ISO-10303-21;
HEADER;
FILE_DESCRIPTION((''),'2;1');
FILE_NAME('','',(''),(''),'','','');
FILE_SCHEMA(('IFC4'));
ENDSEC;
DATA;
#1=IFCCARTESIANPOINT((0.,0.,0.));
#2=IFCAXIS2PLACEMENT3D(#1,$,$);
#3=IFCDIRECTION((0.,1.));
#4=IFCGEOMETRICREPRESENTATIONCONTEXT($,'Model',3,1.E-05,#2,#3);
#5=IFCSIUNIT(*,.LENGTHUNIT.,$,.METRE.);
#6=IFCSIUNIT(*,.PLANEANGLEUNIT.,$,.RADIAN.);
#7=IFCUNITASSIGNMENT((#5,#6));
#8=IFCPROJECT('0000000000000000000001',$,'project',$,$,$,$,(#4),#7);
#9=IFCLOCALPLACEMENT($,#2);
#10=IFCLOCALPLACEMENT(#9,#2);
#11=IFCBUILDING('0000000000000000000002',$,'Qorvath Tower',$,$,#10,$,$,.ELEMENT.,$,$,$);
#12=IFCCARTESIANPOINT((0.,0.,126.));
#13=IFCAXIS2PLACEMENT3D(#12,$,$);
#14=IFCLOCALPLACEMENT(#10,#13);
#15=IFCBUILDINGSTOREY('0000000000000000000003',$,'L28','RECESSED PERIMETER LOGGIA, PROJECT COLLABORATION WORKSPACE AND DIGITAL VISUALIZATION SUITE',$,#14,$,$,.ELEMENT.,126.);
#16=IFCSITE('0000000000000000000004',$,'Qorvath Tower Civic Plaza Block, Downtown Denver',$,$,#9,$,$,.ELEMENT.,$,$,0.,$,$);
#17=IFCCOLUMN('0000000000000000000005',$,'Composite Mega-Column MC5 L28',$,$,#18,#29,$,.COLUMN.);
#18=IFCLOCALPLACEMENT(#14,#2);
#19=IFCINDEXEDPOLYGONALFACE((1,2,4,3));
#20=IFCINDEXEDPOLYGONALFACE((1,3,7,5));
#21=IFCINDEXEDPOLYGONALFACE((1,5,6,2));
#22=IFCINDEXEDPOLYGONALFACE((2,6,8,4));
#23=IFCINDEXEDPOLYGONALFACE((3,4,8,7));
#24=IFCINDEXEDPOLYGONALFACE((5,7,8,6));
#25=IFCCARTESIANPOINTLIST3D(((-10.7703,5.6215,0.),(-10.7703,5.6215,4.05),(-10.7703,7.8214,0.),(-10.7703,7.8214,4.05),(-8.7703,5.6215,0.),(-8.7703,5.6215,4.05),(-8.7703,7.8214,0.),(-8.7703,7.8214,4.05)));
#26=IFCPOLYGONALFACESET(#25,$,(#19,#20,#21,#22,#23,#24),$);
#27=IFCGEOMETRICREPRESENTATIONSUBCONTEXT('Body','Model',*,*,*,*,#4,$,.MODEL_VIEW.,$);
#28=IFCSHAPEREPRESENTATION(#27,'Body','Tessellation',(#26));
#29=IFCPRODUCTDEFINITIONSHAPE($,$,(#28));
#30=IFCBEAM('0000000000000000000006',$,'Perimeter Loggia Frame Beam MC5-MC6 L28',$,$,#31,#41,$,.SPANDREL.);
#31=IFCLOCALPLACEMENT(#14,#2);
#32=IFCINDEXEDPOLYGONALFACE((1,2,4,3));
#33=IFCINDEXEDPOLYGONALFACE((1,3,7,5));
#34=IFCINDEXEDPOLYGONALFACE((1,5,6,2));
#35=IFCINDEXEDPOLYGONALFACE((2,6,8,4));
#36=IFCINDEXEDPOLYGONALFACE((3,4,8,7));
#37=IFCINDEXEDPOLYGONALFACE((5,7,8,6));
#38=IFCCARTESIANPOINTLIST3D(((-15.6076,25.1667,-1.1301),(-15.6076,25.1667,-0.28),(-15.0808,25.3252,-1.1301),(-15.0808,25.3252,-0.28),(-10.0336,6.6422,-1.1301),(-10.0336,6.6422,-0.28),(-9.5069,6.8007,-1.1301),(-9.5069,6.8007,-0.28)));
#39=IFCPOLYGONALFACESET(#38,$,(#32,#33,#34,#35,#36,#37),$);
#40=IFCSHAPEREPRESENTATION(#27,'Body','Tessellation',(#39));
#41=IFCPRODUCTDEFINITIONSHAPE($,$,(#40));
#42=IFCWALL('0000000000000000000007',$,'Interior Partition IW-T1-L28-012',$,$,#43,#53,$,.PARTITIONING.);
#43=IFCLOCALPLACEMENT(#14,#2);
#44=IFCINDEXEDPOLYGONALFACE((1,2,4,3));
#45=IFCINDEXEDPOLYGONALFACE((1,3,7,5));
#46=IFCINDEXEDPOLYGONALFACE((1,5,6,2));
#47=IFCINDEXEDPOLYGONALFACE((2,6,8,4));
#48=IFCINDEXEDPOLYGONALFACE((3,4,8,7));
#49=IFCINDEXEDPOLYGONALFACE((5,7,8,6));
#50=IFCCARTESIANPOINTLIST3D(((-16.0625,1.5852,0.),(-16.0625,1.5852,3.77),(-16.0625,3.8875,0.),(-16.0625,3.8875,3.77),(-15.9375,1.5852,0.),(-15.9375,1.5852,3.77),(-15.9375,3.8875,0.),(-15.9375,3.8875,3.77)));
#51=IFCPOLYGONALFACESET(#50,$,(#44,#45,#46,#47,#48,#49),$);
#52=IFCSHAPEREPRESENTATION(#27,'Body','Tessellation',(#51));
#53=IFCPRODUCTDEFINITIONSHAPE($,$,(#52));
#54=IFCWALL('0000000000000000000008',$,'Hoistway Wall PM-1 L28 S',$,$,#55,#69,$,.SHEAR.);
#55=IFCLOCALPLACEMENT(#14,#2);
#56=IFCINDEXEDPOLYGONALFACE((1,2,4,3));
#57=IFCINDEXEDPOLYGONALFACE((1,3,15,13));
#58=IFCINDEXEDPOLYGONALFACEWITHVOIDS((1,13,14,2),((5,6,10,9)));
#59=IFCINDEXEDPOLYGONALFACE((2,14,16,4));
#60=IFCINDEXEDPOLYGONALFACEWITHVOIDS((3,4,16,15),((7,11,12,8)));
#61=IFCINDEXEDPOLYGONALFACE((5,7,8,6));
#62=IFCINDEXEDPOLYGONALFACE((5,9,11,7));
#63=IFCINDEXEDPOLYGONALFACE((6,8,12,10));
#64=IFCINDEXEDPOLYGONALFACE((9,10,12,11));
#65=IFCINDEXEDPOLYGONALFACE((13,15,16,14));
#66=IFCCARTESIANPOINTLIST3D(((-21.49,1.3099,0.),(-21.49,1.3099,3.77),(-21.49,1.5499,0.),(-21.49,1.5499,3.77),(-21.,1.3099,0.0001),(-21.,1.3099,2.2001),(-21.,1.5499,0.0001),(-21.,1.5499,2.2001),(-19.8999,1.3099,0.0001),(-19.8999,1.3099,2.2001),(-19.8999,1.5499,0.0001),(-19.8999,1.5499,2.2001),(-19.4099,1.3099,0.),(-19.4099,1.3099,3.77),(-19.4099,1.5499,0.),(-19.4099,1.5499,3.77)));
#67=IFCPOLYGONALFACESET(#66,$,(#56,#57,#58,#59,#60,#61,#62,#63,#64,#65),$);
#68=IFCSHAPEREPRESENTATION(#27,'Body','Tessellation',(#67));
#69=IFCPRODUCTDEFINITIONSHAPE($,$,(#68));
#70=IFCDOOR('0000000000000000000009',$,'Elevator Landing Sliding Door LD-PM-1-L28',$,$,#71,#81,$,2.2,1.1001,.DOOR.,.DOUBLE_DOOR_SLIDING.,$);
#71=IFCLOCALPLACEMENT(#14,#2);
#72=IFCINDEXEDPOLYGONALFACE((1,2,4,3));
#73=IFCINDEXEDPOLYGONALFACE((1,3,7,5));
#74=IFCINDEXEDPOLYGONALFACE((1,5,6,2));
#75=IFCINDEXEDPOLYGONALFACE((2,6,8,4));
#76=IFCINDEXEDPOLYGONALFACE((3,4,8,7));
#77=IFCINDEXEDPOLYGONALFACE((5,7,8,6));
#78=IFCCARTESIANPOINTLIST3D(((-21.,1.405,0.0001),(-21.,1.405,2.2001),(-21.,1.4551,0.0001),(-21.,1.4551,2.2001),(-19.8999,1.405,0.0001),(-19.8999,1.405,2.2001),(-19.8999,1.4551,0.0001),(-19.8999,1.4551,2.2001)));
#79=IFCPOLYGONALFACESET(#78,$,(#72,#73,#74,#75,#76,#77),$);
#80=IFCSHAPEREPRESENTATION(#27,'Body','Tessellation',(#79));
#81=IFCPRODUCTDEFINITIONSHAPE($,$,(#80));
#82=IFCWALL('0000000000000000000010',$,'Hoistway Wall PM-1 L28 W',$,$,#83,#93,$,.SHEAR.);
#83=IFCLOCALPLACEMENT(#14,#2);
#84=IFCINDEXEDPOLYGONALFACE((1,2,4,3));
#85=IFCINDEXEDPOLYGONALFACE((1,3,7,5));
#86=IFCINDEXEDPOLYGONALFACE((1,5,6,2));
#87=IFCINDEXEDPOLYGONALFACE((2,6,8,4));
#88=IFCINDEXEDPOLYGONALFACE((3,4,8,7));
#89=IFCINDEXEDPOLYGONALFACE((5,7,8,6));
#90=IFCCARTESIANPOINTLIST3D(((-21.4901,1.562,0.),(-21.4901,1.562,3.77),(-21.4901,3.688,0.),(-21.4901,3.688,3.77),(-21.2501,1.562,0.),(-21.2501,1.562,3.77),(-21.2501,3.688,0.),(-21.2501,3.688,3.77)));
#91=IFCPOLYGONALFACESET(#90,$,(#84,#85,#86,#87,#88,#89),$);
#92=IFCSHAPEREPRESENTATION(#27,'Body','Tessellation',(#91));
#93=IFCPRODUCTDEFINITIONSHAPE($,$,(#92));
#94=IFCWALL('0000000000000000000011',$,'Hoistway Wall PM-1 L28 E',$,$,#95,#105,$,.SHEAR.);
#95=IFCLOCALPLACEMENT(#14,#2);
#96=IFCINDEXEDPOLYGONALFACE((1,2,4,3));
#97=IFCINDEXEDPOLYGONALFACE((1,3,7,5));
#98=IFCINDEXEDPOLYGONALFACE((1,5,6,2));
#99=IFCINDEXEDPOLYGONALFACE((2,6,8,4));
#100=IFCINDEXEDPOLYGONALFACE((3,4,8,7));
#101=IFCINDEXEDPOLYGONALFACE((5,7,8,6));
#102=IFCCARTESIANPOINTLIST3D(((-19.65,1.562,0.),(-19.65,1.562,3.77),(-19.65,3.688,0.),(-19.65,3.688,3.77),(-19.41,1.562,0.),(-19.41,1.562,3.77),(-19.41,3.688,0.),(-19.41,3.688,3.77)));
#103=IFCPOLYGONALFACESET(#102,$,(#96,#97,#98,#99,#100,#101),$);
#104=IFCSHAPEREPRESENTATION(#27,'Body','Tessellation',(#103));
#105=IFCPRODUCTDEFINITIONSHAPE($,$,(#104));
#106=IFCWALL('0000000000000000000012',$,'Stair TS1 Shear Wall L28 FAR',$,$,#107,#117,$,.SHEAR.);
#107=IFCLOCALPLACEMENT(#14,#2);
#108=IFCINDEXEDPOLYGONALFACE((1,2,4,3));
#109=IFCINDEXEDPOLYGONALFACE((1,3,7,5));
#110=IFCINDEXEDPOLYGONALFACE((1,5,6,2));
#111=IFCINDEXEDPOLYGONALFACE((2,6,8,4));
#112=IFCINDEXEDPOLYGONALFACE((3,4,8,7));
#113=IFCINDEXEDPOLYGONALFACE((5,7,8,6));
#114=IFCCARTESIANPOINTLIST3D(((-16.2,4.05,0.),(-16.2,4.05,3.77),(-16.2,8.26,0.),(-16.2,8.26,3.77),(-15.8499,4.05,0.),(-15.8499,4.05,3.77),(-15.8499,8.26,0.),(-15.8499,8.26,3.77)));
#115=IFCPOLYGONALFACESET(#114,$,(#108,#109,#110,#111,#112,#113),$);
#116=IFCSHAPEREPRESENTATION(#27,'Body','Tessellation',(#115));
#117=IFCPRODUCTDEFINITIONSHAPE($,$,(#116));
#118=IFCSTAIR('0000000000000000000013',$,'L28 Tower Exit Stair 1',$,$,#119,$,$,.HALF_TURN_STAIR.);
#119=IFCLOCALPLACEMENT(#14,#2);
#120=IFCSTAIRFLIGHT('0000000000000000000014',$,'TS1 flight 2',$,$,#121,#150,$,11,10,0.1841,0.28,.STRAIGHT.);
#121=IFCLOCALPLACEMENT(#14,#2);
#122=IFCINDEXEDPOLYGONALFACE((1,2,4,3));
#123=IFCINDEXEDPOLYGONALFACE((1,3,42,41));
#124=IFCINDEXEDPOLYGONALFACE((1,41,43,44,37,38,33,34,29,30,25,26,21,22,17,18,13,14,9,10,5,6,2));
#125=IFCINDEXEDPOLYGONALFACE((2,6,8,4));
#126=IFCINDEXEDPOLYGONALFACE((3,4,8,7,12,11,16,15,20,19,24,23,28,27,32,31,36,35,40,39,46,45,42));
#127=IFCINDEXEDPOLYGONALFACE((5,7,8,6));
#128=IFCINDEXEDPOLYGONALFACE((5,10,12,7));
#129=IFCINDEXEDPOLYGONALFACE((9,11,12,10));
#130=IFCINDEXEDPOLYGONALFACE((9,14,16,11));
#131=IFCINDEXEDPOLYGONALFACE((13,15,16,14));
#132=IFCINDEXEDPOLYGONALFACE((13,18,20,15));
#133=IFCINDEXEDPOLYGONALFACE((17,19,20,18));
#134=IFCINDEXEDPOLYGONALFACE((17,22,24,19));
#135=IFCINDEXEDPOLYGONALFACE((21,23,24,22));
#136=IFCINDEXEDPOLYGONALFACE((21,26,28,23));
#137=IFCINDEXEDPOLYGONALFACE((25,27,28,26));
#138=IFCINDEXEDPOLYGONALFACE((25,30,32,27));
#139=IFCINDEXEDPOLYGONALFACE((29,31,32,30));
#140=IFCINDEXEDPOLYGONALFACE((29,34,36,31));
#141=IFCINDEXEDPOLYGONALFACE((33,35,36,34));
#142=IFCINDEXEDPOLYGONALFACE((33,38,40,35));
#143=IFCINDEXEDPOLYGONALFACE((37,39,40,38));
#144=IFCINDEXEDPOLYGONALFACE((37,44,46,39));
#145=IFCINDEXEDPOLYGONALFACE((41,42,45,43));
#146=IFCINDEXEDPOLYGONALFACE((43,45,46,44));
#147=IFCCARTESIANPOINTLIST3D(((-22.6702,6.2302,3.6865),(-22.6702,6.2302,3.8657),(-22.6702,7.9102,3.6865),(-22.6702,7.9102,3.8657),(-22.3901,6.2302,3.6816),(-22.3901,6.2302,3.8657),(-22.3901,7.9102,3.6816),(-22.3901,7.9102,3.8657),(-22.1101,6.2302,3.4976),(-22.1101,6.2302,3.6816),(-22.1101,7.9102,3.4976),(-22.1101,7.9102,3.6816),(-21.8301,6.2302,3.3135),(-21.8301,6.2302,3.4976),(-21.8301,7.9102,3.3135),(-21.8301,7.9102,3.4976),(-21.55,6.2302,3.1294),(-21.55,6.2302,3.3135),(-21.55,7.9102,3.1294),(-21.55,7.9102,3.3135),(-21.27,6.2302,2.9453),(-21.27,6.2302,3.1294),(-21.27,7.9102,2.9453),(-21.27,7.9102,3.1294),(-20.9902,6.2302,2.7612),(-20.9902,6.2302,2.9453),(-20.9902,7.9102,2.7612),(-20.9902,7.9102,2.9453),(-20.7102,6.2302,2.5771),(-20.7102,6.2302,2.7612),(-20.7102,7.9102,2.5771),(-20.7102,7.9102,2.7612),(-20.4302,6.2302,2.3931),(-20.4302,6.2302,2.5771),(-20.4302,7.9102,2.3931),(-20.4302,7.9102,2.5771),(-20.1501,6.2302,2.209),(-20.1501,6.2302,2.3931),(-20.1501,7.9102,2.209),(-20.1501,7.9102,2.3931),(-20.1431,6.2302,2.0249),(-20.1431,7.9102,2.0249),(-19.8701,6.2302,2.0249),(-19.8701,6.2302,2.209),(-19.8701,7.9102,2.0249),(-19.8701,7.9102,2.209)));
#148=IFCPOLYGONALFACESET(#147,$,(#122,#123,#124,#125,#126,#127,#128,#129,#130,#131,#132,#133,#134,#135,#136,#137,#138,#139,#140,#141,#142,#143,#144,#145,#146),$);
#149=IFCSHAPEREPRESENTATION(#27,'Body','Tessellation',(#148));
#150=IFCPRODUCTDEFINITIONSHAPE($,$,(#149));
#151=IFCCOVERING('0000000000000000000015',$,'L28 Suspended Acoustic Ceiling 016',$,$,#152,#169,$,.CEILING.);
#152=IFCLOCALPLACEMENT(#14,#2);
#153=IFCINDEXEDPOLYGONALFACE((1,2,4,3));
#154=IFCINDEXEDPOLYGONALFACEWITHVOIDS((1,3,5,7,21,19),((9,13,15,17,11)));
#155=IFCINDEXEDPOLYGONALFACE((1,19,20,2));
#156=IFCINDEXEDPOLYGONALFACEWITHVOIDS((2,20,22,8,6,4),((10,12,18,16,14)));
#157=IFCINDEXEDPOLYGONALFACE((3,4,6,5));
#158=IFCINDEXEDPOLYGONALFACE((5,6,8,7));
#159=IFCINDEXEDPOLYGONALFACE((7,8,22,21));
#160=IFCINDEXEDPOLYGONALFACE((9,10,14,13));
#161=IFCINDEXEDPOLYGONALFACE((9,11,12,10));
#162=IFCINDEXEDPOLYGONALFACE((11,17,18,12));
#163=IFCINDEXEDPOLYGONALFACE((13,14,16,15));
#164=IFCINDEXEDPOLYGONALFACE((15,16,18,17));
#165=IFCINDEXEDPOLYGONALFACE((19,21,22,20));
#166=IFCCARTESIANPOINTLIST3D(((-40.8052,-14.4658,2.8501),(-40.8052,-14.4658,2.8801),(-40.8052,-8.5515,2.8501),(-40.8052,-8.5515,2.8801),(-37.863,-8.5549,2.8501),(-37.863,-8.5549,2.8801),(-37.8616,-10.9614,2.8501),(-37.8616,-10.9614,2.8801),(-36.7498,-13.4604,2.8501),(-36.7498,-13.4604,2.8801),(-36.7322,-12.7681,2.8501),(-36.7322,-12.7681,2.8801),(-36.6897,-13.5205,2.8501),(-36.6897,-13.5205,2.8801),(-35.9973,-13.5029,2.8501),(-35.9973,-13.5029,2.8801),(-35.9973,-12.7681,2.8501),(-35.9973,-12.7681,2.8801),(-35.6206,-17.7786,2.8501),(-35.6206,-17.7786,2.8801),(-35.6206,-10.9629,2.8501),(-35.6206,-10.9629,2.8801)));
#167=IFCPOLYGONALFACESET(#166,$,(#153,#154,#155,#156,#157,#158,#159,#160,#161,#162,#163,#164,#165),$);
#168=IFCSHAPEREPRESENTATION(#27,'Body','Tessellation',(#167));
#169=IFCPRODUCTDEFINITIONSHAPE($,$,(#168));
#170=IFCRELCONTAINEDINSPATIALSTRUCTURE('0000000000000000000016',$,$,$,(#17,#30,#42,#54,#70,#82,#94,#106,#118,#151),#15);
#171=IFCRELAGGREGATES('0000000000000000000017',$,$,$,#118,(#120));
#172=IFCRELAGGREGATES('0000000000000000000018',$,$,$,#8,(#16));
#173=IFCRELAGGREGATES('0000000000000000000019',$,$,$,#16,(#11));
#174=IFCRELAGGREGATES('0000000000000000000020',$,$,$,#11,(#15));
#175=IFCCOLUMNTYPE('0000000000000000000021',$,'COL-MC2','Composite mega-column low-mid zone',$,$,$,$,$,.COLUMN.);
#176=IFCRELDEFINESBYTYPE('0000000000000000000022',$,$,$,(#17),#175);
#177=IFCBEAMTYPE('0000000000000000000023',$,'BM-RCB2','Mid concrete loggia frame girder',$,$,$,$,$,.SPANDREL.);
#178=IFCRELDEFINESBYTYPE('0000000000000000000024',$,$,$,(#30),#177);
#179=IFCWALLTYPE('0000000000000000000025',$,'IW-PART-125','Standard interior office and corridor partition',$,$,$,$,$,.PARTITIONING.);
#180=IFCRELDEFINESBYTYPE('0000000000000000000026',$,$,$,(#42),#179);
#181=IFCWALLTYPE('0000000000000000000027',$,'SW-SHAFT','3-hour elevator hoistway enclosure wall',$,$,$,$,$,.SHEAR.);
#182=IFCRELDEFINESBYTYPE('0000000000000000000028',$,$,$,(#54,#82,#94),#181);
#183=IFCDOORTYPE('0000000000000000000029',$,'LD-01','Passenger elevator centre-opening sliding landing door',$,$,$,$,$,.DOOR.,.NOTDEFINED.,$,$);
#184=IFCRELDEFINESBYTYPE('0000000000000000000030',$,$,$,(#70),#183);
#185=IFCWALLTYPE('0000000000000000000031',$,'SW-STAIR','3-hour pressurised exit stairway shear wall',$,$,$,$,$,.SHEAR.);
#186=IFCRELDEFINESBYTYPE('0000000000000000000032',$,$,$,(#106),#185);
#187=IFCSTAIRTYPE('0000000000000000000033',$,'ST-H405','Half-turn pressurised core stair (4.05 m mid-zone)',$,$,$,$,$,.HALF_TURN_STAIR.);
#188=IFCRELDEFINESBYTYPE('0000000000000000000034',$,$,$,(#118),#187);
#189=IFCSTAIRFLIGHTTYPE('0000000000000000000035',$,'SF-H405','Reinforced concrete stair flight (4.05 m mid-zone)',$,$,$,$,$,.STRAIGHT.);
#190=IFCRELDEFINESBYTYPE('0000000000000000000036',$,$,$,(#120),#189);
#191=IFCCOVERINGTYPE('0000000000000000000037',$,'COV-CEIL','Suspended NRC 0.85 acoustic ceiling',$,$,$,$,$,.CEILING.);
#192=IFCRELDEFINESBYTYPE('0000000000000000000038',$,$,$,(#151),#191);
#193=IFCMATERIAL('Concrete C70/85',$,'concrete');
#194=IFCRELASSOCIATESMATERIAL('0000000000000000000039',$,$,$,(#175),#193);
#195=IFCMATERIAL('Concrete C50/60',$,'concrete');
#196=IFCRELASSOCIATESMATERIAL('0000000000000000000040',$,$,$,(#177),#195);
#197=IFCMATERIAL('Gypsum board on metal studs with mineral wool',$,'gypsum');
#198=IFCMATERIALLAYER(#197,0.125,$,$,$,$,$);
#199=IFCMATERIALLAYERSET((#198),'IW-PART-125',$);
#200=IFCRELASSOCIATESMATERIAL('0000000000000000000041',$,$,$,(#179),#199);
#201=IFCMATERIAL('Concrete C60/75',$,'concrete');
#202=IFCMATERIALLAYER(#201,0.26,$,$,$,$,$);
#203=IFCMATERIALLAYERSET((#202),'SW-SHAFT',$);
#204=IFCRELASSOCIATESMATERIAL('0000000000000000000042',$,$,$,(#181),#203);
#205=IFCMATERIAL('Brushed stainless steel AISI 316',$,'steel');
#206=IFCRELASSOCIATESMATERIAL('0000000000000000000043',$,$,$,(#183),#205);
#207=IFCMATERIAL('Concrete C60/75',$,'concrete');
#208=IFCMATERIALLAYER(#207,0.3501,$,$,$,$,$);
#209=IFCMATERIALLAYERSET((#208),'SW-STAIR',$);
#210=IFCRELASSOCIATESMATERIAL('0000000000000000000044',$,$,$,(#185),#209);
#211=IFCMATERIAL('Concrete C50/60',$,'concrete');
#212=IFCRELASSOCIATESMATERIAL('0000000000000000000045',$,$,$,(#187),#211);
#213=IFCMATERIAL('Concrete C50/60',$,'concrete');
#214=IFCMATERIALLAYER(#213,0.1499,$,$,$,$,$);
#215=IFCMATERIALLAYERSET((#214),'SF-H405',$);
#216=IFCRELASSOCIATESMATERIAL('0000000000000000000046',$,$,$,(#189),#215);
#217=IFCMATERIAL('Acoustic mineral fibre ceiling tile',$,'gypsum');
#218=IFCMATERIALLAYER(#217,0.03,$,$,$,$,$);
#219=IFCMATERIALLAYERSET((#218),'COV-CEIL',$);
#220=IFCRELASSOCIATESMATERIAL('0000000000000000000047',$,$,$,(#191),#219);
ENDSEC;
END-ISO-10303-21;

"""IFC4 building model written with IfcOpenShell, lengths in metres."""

from ifc_helpers import new_model, si_unit, direction, frame, frame_2d, origin, origin_2d, place, context, subcontext, project, spatial, polyline, rectangle, outline, extrude, material, layer, layer_set, material_profile, profile_set, type_object, element, fill, aggregate, save


model = new_model("IFC4")

# Units and contexts
model_context = context("Model", 3, precision=1e-05, world=origin(), true_north=direction((0.0, 1.0)))
body_context = subcontext(model_context, "Body", "Model", "MODEL_VIEW")
ifc_project = project(units=[si_unit("LENGTHUNIT", "METRE"), si_unit("PLANEANGLEUNIT", "RADIAN")], contexts=[model_context])

# Site, building, storey
site_placement = place(None, origin())
site = spatial("IfcSite", under=ifc_project, at=site_placement, Name="Qorvath Tower Civic Plaza Block, Downtown Denver", CompositionType="ELEMENT", RefElevation=0.0)
building_placement = place(site_placement, origin())
building = spatial("IfcBuilding", under=site, at=building_placement, Name="Qorvath Tower", CompositionType="ELEMENT")
storey_placement = place(building_placement, frame((0.0, 0.0, 126.0)))
storey = spatial("IfcBuildingStorey", under=building, at=storey_placement, Name="L28", Description="RECESSED PERIMETER LOGGIA, PROJECT COLLABORATION WORKSPACE AND DIGITAL VISUALIZATION SUITE", CompositionType="ELEMENT", Elevation=126.0)

# Column
ifc_material_1 = material(Name="Concrete C70/85", Category="concrete")
ifc_material_profile_1 = material_profile(ifc_material_1, rectangle(XDim=2.0, YDim=2.2, at=origin_2d()), Name="MC 2200x2000")
ifc_profile_set_1 = profile_set([ifc_material_profile_1], Name="Concrete C70/85")
column_type = type_object("IfcColumnType", Name="COL-MC2", Description="Composite mega-column low-mid zone", PredefinedType="COLUMN", material=ifc_profile_set_1)
column_placement = place(storey_placement, frame((-9.7703, 6.7214, 0.0), z_axis=(0.0, 0.0, 1.0), x_axis=(1.0, 0.0, 0.0)))
element("IfcColumn", 1, at=column_placement, inside=storey, type_object=column_type, Name="Composite Mega-Column MC5 L28", PredefinedType="COLUMN", context=body_context, shape_type="SweptSolid", body=[
    extrude(rectangle(XDim=2.0, YDim=2.2, at=origin_2d()), origin(), (0.0, 0.0, 1.0), 4.05),
])

# Beam
ifc_material_2 = material(Name="Concrete C50/60", Category="concrete")
ifc_material_profile_2 = material_profile(ifc_material_2, rectangle(XDim=0.55, YDim=0.8501, at=origin_2d()), Name="RCB 850x550")
ifc_profile_set_2 = profile_set([ifc_material_profile_2], Name="Concrete C50/60")
beam_type = type_object("IfcBeamType", Name="BM-RCB2", Description="Mid concrete loggia frame girder", PredefinedType="SPANDREL", material=ifc_profile_set_2)
beam_placement = place(storey_placement, frame((-9.7703, 6.7214, -0.7051), z_axis=(-0.288134, 0.95759, 0.0), x_axis=(-0.95759, -0.288134, 0.0)))
element("IfcBeam", 2, at=beam_placement, inside=storey, type_object=beam_type, Name="Perimeter Loggia Frame Beam MC5-MC6 L28", PredefinedType="SPANDREL", context=body_context, shape_type="SweptSolid", body=[
    extrude(rectangle(XDim=0.55, YDim=0.8501, at=origin_2d()), origin(), (0.0, 0.0, 1.0), 19.345),
])

# Shared definitions
ifc_material_3 = material(Name="Gypsum board on metal studs with mineral wool", Category="gypsum")
ifc_layer_1 = layer(ifc_material_3, 0.125)
ifc_layer_set_1 = layer_set([ifc_layer_1], Name="IW-PART-125")
wall_type_1 = type_object("IfcWallType", Name="IW-PART-125", Description="Standard interior office and corridor partition", PredefinedType="PARTITIONING", material=ifc_layer_set_1)

# Wall
wall_1_placement = place(storey_placement, frame((-16.0, 1.5852, 0.0), z_axis=(0.0, 0.0, 1.0), x_axis=(0.0, 1.0, 0.0)))
element("IfcWall", 3, at=wall_1_placement, inside=storey, type_object=wall_type_1, Name="Interior Partition IW-T1-L28-012", PredefinedType="PARTITIONING", context=body_context, shape_type="SweptSolid", body=[
    extrude(rectangle(XDim=2.3022, YDim=0.125, at=frame_2d((1.1511, 0.0))), origin(), (0.0, 0.0, 1.0), 3.77),
])

# Wall, opening, door
ifc_material_4 = material(Name="Concrete C60/75", Category="concrete")
ifc_layer_2 = layer(ifc_material_4, 0.26)
ifc_layer_set_2 = layer_set([ifc_layer_2], Name="SW-SHAFT")
wall_type_2 = type_object("IfcWallType", Name="SW-SHAFT", Description="3-hour elevator hoistway enclosure wall", PredefinedType="SHEAR", material=ifc_layer_set_2)
wall_2_placement = place(storey_placement, frame((-19.4099, 1.4299, 0.0), z_axis=(0.0, 0.0, 1.0), x_axis=(-1.0, 0.0, 0.0)))
wall_2 = element("IfcWall", 4, at=wall_2_placement, inside=storey, type_object=wall_type_2, Name="Hoistway Wall PM-1 L28 S", PredefinedType="SHEAR", context=body_context, shape_type="SweptSolid", body=[
    extrude(rectangle(XDim=2.0801, YDim=0.24, at=frame_2d((1.04, 0.0))), origin(), (0.0, 0.0, 1.0), 3.77),
])
opening_1_placement = place(wall_2_placement, frame((0.49, 0.0, 0.0)))
opening_1 = element("IfcOpeningElement", 5, at=opening_1_placement, cuts=wall_2, PredefinedType="OPENING", context=body_context, shape_type="SweptSolid", body=[
    extrude(rectangle(XDim=1.1001, YDim=2.2, at=frame_2d((0.55, 1.1001))), frame((0.0, 0.1299, 0.0), z_axis=(0.0, -1.0, 0.0), x_axis=(1.0, 0.0, 0.0)), (0.0, 0.0, 1.0), 0.26),
])
ifc_material_5 = material(Name="Brushed stainless steel AISI 316", Category="steel")
door_type_1 = type_object("IfcDoorType", Name="LD-01", Description="Passenger elevator centre-opening sliding landing door", OperationType="NOTDEFINED", PredefinedType="DOOR", material=ifc_material_5)
door_1_placement = place(opening_1_placement, origin())
door_1 = element("IfcDoor", 6, at=door_1_placement, inside=storey, type_object=door_type_1, Name="Elevator Landing Sliding Door LD-PM-1-L28", OperationType="DOUBLE_DOOR_SLIDING", OverallHeight=2.2, OverallWidth=1.1001, PredefinedType="DOOR", context=body_context, shape_type="SweptSolid", body=[
    extrude(rectangle(XDim=1.1001, YDim=2.2, at=frame_2d((0.55, 1.1001))), frame((0.0, 0.0249, 0.0), z_axis=(0.0, -1.0, 0.0), x_axis=(1.0, 0.0, 0.0)), (0.0, 0.0, 1.0), 0.05),
])
fill(opening_1, door_1)

# Walls
for number, where, z_axis, x_axis, name in (
    (7, (-21.3701, 1.562, 0.0), (0.0, 0.0, 1.0), (0.0, 1.0, 0.0), "Hoistway Wall PM-1 L28 W"),
    (8, (-19.53, 3.688, 0.0), (0.0, 0.0, 1.0), (0.0, -1.0, 0.0), "Hoistway Wall PM-1 L28 E"),
):
    element("IfcWall", number, at=place(storey_placement, frame(where, z_axis=z_axis, x_axis=x_axis)), inside=storey, type_object=wall_type_2, Name=name, PredefinedType="SHEAR", context=body_context, shape_type="SweptSolid", body=[
        extrude(rectangle(XDim=2.126, YDim=0.24, at=frame_2d((1.063, 0.0))), origin(), (0.0, 0.0, 1.0), 3.77),
    ])
ifc_material_6 = material(Name="Concrete C60/75", Category="concrete")
ifc_layer_3 = layer(ifc_material_6, 0.3501)
ifc_layer_set_3 = layer_set([ifc_layer_3], Name="SW-STAIR")
wall_type_3 = type_object("IfcWallType", Name="SW-STAIR", Description="3-hour pressurised exit stairway shear wall", PredefinedType="SHEAR", material=ifc_layer_set_3)
wall_3_placement = place(storey_placement, frame((-16.0249, 4.05, 0.0), z_axis=(0.0, 0.0, 1.0), x_axis=(0.0, 1.0, 0.0)))
element("IfcWall", 9, at=wall_3_placement, inside=storey, type_object=wall_type_3, Name="Stair TS1 Shear Wall L28 FAR", PredefinedType="SHEAR", context=body_context, shape_type="SweptSolid", body=[
    extrude(rectangle(XDim=4.21, YDim=0.3501, at=frame_2d((2.105, 0.0))), origin(), (0.0, 0.0, 1.0), 3.77),
])

# Stair, stair flight
ifc_material_7 = material(Name="Concrete C50/60", Category="concrete")
stair_type = type_object("IfcStairType", Name="ST-H405", Description="Half-turn pressurised core stair (4.05 m mid-zone)", PredefinedType="HALF_TURN_STAIR", material=ifc_material_7)
stair_placement = place(storey_placement, origin())
stair = element("IfcStair", 10, at=stair_placement, inside=storey, type_object=stair_type, Name="L28 Tower Exit Stair 1", PredefinedType="HALF_TURN_STAIR")
ifc_material_8 = material(Name="Concrete C50/60", Category="concrete")
ifc_layer_4 = layer(ifc_material_8, 0.1499)
ifc_layer_set_4 = layer_set([ifc_layer_4], Name="SF-H405")
stair_flight_type = type_object("IfcStairFlightType", Name="SF-H405", Description="Reinforced concrete stair flight (4.05 m mid-zone)", PredefinedType="STRAIGHT", material=ifc_layer_set_4)
stair_flight_placement = place(storey_placement, frame((-19.8701, 7.0701, 2.0249), z_axis=(0.0, 0.0, 1.0), x_axis=(-1.0, 0.0, 0.0)))
stair_flight = element("IfcStairFlight", 11, at=stair_flight_placement, type_object=stair_flight_type, Name="TS1 flight 2", NumberOfRisers=11, NumberOfTreads=10, PredefinedType="STRAIGHT", RiserHeight=0.1841, TreadLength=0.28, context=body_context, shape_type="SweptSolid", body=[
    extrude(outline(polyline([(0.0, 0.0), (0.0, 0.1841), (0.28, 0.1841), (0.28, 0.3682), (0.5601, 0.3682), (0.5601, 0.5522), (0.8401, 0.5522), (0.8401, 0.7363), (1.1201, 0.7363), (1.1201, 0.9204), (1.3999, 0.9204), (1.3999, 1.1045), (1.6799, 1.1045), (1.6799, 1.2886), (1.96, 1.2886), (1.96, 1.4727), (2.24, 1.4727), (2.24, 1.6567), (2.52, 1.6567), (2.52, 1.8408), (2.8, 1.8408), (2.8, 2.0249), (2.8, 1.6616), (0.2729, 0.0), (0.0, 0.0)])), frame((0.0, 0.8398, 0.0), z_axis=(0.0, -1.0, 0.0), x_axis=(1.0, 0.0, 0.0)), (0.0, 0.0, 1.0), 1.6799),
])
aggregate(stair, [stair_flight])

# Covering
ifc_material_9 = material(Name="Acoustic mineral fibre ceiling tile", Category="gypsum")
ifc_layer_5 = layer(ifc_material_9, 0.03)
ifc_layer_set_5 = layer_set([ifc_layer_5], Name="COV-CEIL")
covering_type_1 = type_object("IfcCoveringType", Name="COV-CEIL", Description="Suspended NRC 0.85 acoustic ceiling", PredefinedType="CEILING", material=ifc_layer_set_5)
covering_1_placement = place(storey_placement, frame((0.0, 0.0, 2.8501)))
element("IfcCovering", 12, at=covering_1_placement, inside=storey, type_object=covering_type_1, Name="L28 Suspended Acoustic Ceiling 016", PredefinedType="CEILING", context=body_context, shape_type="SweptSolid", body=[
    extrude(outline(polyline([(-40.8052, -8.5515), (-40.8052, -14.4658), (-35.6206, -17.7786), (-35.6206, -10.9629), (-37.8616, -10.9614), (-37.863, -8.5549), (-40.8052, -8.5515)]), holes=[polyline([(-36.7498, -13.4604), (-36.7322, -12.7681), (-35.9973, -12.7681), (-35.9973, -13.5029), (-36.6897, -13.5205), (-36.7498, -13.4604)])]), origin(), (0.0, 0.0, 1.0), 0.03),
])

save(model, "model.ifc")
